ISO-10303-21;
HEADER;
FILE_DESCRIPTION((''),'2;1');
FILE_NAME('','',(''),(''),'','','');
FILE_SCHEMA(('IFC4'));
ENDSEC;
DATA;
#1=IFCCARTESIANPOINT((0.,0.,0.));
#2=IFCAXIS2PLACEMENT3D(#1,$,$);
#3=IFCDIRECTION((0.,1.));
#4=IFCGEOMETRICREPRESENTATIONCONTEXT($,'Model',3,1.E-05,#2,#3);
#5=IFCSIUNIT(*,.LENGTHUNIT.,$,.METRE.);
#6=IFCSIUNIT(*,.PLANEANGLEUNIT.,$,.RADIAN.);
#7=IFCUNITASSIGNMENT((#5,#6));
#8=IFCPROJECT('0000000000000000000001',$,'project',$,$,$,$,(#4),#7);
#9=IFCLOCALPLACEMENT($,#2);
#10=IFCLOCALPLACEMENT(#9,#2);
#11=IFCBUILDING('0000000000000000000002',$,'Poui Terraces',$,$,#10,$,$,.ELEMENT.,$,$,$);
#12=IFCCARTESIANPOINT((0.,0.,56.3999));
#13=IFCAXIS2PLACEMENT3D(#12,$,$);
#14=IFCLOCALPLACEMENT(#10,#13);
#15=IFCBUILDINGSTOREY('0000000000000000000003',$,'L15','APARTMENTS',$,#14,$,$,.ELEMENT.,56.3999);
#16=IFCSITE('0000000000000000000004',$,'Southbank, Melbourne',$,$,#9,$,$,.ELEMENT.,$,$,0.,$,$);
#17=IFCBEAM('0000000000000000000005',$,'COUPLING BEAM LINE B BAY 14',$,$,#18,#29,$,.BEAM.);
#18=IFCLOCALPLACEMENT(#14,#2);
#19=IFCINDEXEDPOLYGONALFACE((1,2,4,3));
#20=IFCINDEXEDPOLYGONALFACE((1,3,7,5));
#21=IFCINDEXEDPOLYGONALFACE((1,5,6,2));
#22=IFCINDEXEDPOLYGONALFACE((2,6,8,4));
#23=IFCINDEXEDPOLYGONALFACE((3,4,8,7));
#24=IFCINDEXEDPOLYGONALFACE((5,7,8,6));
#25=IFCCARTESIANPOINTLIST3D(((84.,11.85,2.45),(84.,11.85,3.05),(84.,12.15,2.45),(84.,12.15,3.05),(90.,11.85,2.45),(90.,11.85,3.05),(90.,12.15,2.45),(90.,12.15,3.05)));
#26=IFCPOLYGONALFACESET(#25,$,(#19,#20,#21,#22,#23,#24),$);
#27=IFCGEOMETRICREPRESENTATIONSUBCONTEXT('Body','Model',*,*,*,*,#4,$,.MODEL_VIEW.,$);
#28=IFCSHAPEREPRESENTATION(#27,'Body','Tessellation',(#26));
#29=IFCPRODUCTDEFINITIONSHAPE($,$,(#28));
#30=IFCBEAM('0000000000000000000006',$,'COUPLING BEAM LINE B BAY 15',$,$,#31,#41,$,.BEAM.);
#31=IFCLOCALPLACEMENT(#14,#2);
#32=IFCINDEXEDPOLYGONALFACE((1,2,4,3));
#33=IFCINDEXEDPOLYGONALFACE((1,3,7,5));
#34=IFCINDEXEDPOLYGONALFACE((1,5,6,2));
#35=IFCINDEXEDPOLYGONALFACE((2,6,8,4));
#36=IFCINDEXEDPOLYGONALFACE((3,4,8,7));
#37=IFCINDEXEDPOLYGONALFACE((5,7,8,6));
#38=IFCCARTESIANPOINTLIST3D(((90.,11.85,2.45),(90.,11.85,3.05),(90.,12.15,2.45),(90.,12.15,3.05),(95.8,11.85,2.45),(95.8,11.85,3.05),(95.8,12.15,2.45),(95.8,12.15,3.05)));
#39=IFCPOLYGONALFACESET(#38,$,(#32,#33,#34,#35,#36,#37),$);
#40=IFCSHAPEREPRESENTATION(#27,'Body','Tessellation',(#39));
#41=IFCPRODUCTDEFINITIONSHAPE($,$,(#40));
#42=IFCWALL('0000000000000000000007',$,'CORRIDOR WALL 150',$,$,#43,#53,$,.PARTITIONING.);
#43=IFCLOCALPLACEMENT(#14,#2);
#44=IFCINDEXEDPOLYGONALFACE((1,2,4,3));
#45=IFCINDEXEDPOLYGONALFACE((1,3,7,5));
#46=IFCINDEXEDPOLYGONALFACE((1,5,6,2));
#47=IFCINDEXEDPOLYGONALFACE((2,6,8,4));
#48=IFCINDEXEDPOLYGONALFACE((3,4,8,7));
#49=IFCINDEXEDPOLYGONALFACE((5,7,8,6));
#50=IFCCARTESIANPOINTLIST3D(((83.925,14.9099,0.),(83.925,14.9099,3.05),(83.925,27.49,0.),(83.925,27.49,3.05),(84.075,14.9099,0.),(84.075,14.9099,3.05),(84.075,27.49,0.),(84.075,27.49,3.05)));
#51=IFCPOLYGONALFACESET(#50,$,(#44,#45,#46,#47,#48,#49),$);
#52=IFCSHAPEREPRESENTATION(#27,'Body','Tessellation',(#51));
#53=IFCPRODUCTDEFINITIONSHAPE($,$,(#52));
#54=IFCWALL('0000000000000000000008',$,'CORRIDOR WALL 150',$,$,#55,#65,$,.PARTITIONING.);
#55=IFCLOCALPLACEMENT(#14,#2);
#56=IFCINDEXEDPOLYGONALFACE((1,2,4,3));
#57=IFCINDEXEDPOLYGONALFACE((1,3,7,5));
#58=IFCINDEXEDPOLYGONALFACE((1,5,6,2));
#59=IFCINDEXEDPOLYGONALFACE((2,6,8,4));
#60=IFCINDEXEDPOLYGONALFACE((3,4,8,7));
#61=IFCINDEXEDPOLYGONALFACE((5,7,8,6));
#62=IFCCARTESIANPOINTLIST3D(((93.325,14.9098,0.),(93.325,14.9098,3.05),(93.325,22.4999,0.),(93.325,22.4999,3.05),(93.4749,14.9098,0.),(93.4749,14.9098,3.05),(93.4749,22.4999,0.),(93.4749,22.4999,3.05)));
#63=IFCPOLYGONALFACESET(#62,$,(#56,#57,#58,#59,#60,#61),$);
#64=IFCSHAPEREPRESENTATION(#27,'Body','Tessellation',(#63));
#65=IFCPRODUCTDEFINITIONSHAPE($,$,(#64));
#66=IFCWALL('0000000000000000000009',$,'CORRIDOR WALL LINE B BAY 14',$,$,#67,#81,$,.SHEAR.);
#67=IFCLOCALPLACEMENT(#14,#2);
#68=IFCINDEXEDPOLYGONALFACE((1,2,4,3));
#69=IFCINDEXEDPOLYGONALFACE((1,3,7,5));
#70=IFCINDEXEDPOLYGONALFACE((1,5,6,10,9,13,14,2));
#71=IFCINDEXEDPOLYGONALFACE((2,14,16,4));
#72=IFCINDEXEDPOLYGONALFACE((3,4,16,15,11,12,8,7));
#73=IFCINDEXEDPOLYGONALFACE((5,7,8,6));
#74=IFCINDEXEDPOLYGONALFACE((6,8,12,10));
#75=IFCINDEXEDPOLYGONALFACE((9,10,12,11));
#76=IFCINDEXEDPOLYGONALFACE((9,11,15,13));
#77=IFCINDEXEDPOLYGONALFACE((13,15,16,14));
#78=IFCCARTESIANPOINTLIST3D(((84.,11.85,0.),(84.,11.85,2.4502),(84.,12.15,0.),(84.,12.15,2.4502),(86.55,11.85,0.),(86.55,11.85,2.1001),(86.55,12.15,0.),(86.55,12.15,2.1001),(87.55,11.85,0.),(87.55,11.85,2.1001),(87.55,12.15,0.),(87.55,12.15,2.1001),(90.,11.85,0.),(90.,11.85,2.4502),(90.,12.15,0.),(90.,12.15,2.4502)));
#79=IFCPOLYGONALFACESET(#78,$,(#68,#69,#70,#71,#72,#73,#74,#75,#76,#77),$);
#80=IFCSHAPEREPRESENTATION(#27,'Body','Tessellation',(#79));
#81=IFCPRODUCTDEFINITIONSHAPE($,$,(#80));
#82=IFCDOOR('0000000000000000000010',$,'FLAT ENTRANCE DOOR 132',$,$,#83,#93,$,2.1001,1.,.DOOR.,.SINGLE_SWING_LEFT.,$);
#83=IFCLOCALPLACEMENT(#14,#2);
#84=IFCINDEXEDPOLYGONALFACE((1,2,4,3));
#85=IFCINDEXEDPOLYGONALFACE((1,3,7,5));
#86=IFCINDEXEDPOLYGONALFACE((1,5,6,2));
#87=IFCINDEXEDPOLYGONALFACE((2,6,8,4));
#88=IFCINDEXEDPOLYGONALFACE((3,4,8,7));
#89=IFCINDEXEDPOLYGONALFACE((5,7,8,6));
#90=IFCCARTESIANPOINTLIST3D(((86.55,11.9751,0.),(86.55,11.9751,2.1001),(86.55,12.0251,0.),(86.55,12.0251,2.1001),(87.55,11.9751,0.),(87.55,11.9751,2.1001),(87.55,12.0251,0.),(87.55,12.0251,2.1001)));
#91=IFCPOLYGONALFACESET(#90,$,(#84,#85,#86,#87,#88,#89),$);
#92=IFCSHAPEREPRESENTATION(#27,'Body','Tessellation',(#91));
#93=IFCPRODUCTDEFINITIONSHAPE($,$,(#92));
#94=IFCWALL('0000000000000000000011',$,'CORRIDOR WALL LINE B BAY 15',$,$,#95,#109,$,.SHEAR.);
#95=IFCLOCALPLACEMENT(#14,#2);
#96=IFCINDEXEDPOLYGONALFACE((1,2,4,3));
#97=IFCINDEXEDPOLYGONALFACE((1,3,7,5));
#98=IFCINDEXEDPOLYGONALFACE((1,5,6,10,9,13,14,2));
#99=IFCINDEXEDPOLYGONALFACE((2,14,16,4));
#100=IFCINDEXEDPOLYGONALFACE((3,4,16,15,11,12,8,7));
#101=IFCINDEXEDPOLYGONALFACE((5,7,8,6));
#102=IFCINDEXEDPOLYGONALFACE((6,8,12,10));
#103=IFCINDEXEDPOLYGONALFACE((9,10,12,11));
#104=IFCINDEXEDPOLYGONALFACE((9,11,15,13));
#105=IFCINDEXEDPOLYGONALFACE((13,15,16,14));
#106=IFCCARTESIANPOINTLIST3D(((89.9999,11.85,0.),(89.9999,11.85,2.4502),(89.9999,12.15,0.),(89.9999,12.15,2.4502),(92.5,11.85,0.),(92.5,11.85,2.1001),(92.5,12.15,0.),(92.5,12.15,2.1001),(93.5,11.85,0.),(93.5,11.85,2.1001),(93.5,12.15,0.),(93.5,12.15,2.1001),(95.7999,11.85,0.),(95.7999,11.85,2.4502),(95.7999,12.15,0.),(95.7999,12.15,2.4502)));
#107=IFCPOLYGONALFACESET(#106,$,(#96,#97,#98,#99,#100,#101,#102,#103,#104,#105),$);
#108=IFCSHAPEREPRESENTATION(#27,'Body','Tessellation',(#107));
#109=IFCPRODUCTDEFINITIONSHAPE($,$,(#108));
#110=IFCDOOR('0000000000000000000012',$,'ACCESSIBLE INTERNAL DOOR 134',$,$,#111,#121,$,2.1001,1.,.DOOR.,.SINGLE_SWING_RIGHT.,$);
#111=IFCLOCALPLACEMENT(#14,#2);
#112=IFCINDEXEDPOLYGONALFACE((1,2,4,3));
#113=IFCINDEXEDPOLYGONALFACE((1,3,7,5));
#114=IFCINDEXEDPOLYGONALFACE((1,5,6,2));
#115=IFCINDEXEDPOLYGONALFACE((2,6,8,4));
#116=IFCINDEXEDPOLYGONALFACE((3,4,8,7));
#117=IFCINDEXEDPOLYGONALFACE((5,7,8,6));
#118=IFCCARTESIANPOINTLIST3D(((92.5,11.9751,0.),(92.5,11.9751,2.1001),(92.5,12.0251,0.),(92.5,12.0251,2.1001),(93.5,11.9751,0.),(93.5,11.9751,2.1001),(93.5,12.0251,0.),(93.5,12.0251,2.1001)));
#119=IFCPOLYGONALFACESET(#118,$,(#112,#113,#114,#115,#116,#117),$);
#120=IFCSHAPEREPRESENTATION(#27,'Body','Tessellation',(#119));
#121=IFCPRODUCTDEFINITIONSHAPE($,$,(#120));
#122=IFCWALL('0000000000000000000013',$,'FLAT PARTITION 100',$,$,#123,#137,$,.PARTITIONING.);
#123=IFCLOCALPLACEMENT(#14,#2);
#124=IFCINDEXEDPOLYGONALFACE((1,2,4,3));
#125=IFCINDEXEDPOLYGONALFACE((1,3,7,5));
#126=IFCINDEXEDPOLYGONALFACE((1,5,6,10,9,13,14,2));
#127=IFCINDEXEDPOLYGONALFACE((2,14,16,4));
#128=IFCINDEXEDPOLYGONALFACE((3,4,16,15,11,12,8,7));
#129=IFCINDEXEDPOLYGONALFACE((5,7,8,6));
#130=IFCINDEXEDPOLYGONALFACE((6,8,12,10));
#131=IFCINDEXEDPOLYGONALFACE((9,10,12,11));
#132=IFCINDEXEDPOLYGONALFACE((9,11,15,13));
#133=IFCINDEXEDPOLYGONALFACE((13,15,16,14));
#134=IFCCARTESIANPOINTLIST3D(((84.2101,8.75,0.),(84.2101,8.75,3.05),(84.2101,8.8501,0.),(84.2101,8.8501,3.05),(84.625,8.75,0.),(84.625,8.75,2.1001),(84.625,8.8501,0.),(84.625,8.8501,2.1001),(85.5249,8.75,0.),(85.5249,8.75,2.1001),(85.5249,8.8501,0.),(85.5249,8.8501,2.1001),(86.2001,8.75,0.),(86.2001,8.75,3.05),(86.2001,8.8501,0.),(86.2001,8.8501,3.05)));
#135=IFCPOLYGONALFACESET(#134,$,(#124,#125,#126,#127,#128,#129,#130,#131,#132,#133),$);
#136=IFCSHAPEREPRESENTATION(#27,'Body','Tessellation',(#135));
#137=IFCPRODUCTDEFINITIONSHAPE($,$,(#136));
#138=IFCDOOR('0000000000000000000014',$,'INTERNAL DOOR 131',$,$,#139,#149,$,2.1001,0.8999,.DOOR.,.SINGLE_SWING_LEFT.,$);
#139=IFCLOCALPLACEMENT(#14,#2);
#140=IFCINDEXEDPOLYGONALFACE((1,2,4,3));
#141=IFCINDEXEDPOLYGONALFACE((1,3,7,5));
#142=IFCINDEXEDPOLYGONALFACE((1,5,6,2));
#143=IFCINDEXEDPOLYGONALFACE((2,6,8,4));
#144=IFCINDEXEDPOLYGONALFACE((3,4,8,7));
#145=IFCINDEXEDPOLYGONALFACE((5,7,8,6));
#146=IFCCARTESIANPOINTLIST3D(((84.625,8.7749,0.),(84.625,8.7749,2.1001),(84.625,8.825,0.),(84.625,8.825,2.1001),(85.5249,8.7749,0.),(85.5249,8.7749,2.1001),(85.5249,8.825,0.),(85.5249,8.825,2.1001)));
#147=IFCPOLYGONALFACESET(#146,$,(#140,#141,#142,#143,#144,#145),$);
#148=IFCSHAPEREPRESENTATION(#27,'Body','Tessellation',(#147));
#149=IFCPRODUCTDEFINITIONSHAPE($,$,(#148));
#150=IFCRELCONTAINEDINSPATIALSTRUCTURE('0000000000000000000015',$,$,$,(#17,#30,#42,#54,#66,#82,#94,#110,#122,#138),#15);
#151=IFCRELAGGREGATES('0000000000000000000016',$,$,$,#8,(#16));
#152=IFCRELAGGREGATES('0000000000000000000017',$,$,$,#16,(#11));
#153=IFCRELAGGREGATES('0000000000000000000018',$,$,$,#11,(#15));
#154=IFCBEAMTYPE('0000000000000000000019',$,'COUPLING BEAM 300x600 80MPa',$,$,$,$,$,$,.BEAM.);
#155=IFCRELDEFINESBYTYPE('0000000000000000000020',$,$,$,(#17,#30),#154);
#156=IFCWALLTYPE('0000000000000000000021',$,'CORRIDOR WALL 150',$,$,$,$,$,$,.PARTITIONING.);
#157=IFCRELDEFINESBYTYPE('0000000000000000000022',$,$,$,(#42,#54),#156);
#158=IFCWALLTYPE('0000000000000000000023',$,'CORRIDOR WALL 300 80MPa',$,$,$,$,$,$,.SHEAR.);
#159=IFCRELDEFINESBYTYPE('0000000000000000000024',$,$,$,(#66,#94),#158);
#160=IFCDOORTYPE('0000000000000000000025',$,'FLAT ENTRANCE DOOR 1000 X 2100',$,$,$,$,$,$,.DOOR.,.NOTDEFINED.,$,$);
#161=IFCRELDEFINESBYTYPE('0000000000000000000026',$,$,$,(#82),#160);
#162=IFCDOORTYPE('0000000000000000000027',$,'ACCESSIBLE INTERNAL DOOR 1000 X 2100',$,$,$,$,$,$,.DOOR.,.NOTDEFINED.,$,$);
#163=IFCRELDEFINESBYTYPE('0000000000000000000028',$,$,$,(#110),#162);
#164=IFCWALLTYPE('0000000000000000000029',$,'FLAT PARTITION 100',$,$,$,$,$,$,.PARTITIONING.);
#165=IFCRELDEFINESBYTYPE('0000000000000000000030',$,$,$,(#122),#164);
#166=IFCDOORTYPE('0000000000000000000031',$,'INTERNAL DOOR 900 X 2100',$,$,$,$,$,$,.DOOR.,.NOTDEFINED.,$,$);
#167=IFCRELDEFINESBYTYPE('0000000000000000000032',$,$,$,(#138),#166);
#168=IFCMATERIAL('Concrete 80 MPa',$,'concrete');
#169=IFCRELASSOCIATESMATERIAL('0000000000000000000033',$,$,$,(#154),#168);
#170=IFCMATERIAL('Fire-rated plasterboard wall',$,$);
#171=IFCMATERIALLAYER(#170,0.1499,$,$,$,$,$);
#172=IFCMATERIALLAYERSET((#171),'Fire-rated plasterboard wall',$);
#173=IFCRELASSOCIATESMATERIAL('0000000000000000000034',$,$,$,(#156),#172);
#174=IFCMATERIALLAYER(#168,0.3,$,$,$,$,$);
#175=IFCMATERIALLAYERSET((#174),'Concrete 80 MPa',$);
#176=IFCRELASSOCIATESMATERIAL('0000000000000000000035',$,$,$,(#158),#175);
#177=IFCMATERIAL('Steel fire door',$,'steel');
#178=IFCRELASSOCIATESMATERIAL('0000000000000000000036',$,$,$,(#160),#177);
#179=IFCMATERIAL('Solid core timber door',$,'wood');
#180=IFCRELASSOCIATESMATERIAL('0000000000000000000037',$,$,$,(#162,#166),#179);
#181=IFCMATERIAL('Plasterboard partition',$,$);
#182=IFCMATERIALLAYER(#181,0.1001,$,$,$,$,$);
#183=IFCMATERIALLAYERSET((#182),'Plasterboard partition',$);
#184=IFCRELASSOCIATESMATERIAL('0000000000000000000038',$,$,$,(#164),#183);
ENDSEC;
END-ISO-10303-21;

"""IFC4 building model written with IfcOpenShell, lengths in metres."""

from ifc_helpers import new_model, si_unit, direction, frame, frame_2d, origin, origin_2d, place, context, subcontext, project, spatial, rectangle, extrude, source, transform, mapped, material, layer, layer_set, material_profile, profile_set, type_object, element, fill, save


model = new_model("IFC4")

# Units and contexts
model_context = context("Model", 3, precision=1e-05, world=origin(), true_north=direction((0.0, 1.0)))
body_context = subcontext(model_context, "Body", "Model", "MODEL_VIEW")
ifc_project = project(units=[si_unit("LENGTHUNIT", "METRE"), si_unit("PLANEANGLEUNIT", "RADIAN")], contexts=[model_context])

# Site, building, storey
site_placement = place(None, origin())
site = spatial("IfcSite", under=ifc_project, at=site_placement, Name="Southbank, Melbourne", CompositionType="ELEMENT", RefElevation=0.0)
building_placement = place(site_placement, origin())
building = spatial("IfcBuilding", under=site, at=building_placement, Name="Poui Terraces", CompositionType="ELEMENT")
storey_placement = place(building_placement, frame((0.0, 0.0, 56.3999)))
storey = spatial("IfcBuildingStorey", under=building, at=storey_placement, Name="L15", Description="APARTMENTS", CompositionType="ELEMENT", Elevation=56.3999)

# Beams
ifc_material_1 = material(Name="Concrete 80 MPa", Category="concrete")
ifc_material_profile = material_profile(ifc_material_1, rectangle(XDim=0.3, YDim=0.6001, at=origin_2d()), Name="RC 300x600")
ifc_profile_set = profile_set([ifc_material_profile], Name="Concrete 80 MPa")
beam_type = type_object("IfcBeamType", Name="COUPLING BEAM 300x600 80MPa", PredefinedType="BEAM", material=ifc_profile_set)
shared_shape_1 = source(origin(), body_context, "Body", "SweptSolid", [
    extrude(rectangle(XDim=0.3, YDim=0.6001, at=origin_2d()), origin(), (0.0, 0.0, 1.0), 6.0),
])
beam_1_placement = place(storey_placement, frame((84.0, 12.0, 2.75), z_axis=(1.0, 0.0, 0.0), x_axis=(0.0, 1.0, 0.0)))
element("IfcBeam", 1, at=beam_1_placement, inside=storey, type_object=beam_type, Name="COUPLING BEAM LINE B BAY 14", PredefinedType="BEAM", context=body_context, shape_type="MappedRepresentation", body=[
    mapped(shared_shape_1, transform((0.0, 0.0, 0.0))),
])
shared_shape_2 = source(origin(), body_context, "Body", "SweptSolid", [
    extrude(rectangle(XDim=0.3, YDim=0.6001, at=origin_2d()), origin(), (0.0, 0.0, 1.0), 5.8),
])
beam_2_placement = place(storey_placement, frame((90.0, 12.0, 2.75), z_axis=(1.0, 0.0, 0.0), x_axis=(0.0, 1.0, 0.0)))
element("IfcBeam", 2, at=beam_2_placement, inside=storey, type_object=beam_type, Name="COUPLING BEAM LINE B BAY 15", PredefinedType="BEAM", context=body_context, shape_type="MappedRepresentation", body=[
    mapped(shared_shape_2, transform((0.0, 0.0, 0.0))),
])

# Walls
ifc_material_2 = material(Name="Fire-rated plasterboard wall")
ifc_layer_1 = layer(ifc_material_2, 0.1499)
ifc_layer_set_1 = layer_set([ifc_layer_1], Name="Fire-rated plasterboard wall")
wall_type_1 = type_object("IfcWallType", Name="CORRIDOR WALL 150", PredefinedType="PARTITIONING", material=ifc_layer_set_1)
wall_1_placement = place(storey_placement, frame((84.0, 14.9099, 0.0), z_axis=(0.0, 0.0, 1.0), x_axis=(0.0, 1.0, 0.0)))
element("IfcWall", 3, at=wall_1_placement, inside=storey, type_object=wall_type_1, Name="CORRIDOR WALL 150", PredefinedType="PARTITIONING", context=body_context, shape_type="SweptSolid", body=[
    extrude(rectangle(XDim=12.5801, YDim=0.1499, at=frame_2d((6.29, 0.0))), origin(), (0.0, 0.0, 1.0), 3.05),
])
wall_2_placement = place(storey_placement, frame((93.3999, 14.9099, 0.0), z_axis=(0.0, 0.0, 1.0), x_axis=(0.0, 1.0, 0.0)))
element("IfcWall", 4, at=wall_2_placement, inside=storey, type_object=wall_type_1, Name="CORRIDOR WALL 150", PredefinedType="PARTITIONING", context=body_context, shape_type="SweptSolid", body=[
    extrude(rectangle(XDim=7.5901, YDim=0.1499, at=frame_2d((3.7949, 0.0))), origin(), (0.0, 0.0, 1.0), 3.05),
])

# Walls, openings, doors
ifc_layer_2 = layer(ifc_material_1, 0.3)
ifc_layer_set_2 = layer_set([ifc_layer_2], Name="Concrete 80 MPa")
wall_type_2 = type_object("IfcWallType", Name="CORRIDOR WALL 300 80MPa", PredefinedType="SHEAR", material=ifc_layer_set_2)
wall_3_placement = place(storey_placement, frame((84.0, 12.0, 0.0), z_axis=(0.0, 0.0, 1.0), x_axis=(1.0, 0.0, 0.0)))
wall_3 = element("IfcWall", 5, at=wall_3_placement, inside=storey, type_object=wall_type_2, Name="CORRIDOR WALL LINE B BAY 14", PredefinedType="SHEAR", context=body_context, shape_type="SweptSolid", body=[
    extrude(rectangle(XDim=6.0, YDim=0.3, at=frame_2d((3.0, 0.0))), origin(), (0.0, 0.0, 1.0), 2.4502),
])
opening_1_placement = place(wall_3_placement, frame((2.55, 0.0, 0.0)))
opening_1 = element("IfcOpeningElement", 6, at=opening_1_placement, cuts=wall_3, PredefinedType="OPENING", context=body_context, shape_type="SweptSolid", body=[
    extrude(rectangle(XDim=1.0, YDim=2.1001, at=frame_2d((0.5, 1.05))), frame((0.0, 0.1602, 0.0), z_axis=(0.0, -1.0, 0.0), x_axis=(1.0, 0.0, 0.0)), (0.0, 0.0, 1.0), 0.3201),
])
ifc_material_3 = material(Name="Steel fire door", Category="steel")
door_type_1 = type_object("IfcDoorType", Name="FLAT ENTRANCE DOOR 1000 X 2100", OperationType="NOTDEFINED", PredefinedType="DOOR", material=ifc_material_3)
door_1_placement = place(opening_1_placement, frame((1.0, 0.0, 0.0), z_axis=(0.0, 0.0, 1.0), x_axis=(-1.0, 0.0, 0.0)))
door_1 = element("IfcDoor", 7, at=door_1_placement, inside=storey, type_object=door_type_1, Name="FLAT ENTRANCE DOOR 132", OperationType="SINGLE_SWING_LEFT", OverallHeight=2.1001, OverallWidth=1.0, PredefinedType="DOOR", context=body_context, shape_type="SweptSolid", body=[
    extrude(rectangle(XDim=1.0, YDim=2.1001, at=frame_2d((0.5, 1.05))), frame((0.0, 0.0249, 0.0), z_axis=(0.0, -1.0, 0.0), x_axis=(1.0, 0.0, 0.0)), (0.0, 0.0, 1.0), 0.05),
])
fill(opening_1, door_1)
wall_4_placement = place(storey_placement, frame((90.0, 12.0, 0.0), z_axis=(0.0, 0.0, 1.0), x_axis=(1.0, 0.0, 0.0)))
wall_4 = element("IfcWall", 8, at=wall_4_placement, inside=storey, type_object=wall_type_2, Name="CORRIDOR WALL LINE B BAY 15", PredefinedType="SHEAR", context=body_context, shape_type="SweptSolid", body=[
    extrude(rectangle(XDim=5.8, YDim=0.3, at=frame_2d((2.8999, 0.0))), origin(), (0.0, 0.0, 1.0), 2.4502),
])
opening_2_placement = place(wall_4_placement, frame((2.5, 0.0, 0.0)))
opening_2 = element("IfcOpeningElement", 9, at=opening_2_placement, cuts=wall_4, PredefinedType="OPENING", context=body_context, shape_type="SweptSolid", body=[
    extrude(rectangle(XDim=1.0, YDim=2.1001, at=frame_2d((0.5, 1.05))), frame((0.0, 0.1602, 0.0), z_axis=(0.0, -1.0, 0.0), x_axis=(1.0, 0.0, 0.0)), (0.0, 0.0, 1.0), 0.3201),
])
ifc_material_4 = material(Name="Solid core timber door", Category="wood")
door_type_2 = type_object("IfcDoorType", Name="ACCESSIBLE INTERNAL DOOR 1000 X 2100", OperationType="NOTDEFINED", PredefinedType="DOOR", material=ifc_material_4)
door_2_placement = place(opening_2_placement, frame((1.0, 0.0, 0.0), z_axis=(0.0, 0.0, 1.0), x_axis=(-1.0, 0.0, 0.0)))
door_2 = element("IfcDoor", 10, at=door_2_placement, inside=storey, type_object=door_type_2, Name="ACCESSIBLE INTERNAL DOOR 134", OperationType="SINGLE_SWING_RIGHT", OverallHeight=2.1001, OverallWidth=1.0, PredefinedType="DOOR", context=body_context, shape_type="SweptSolid", body=[
    extrude(rectangle(XDim=1.0, YDim=2.1001, at=frame_2d((0.5, 1.05))), frame((0.0, 0.0249, 0.0), z_axis=(0.0, -1.0, 0.0), x_axis=(1.0, 0.0, 0.0)), (0.0, 0.0, 1.0), 0.05),
])
fill(opening_2, door_2)
ifc_material_5 = material(Name="Plasterboard partition")
ifc_layer_3 = layer(ifc_material_5, 0.1001)
ifc_layer_set_3 = layer_set([ifc_layer_3], Name="Plasterboard partition")
wall_type_3 = type_object("IfcWallType", Name="FLAT PARTITION 100", PredefinedType="PARTITIONING", material=ifc_layer_set_3)
wall_5_placement = place(storey_placement, frame((84.21, 8.8, 0.0), z_axis=(0.0, 0.0, 1.0), x_axis=(1.0, 0.0, 0.0)))
wall_5 = element("IfcWall", 11, at=wall_5_placement, inside=storey, type_object=wall_type_3, Name="FLAT PARTITION 100", PredefinedType="PARTITIONING", context=body_context, shape_type="SweptSolid", body=[
    extrude(rectangle(XDim=1.99, YDim=0.1001, at=frame_2d((0.9951, 0.0))), origin(), (0.0, 0.0, 1.0), 3.05),
])
opening_3_placement = place(wall_5_placement, frame((0.415, 0.0, 0.0)))
opening_3 = element("IfcOpeningElement", 12, at=opening_3_placement, cuts=wall_5, PredefinedType="OPENING", context=body_context, shape_type="SweptSolid", body=[
    extrude(rectangle(XDim=0.8999, YDim=2.1001, at=frame_2d((0.45, 1.05))), frame((0.0, 0.0601, 0.0), z_axis=(0.0, -1.0, 0.0), x_axis=(1.0, 0.0, 0.0)), (0.0, 0.0, 1.0), 0.1201),
])
door_type_3 = type_object("IfcDoorType", Name="INTERNAL DOOR 900 X 2100", OperationType="NOTDEFINED", PredefinedType="DOOR", material=ifc_material_4)
door_3_placement = place(opening_3_placement, origin())
door_3 = element("IfcDoor", 13, at=door_3_placement, inside=storey, type_object=door_type_3, Name="INTERNAL DOOR 131", OperationType="SINGLE_SWING_LEFT", OverallHeight=2.1001, OverallWidth=0.8999, PredefinedType="DOOR", context=body_context, shape_type="SweptSolid", body=[
    extrude(rectangle(XDim=0.8999, YDim=2.1001, at=frame_2d((0.45, 1.05))), frame((0.0, 0.0249, 0.0), z_axis=(0.0, -1.0, 0.0), x_axis=(1.0, 0.0, 0.0)), (0.0, 0.0, 1.0), 0.05),
])
fill(opening_3, door_3)

save(model, "model.ifc")
